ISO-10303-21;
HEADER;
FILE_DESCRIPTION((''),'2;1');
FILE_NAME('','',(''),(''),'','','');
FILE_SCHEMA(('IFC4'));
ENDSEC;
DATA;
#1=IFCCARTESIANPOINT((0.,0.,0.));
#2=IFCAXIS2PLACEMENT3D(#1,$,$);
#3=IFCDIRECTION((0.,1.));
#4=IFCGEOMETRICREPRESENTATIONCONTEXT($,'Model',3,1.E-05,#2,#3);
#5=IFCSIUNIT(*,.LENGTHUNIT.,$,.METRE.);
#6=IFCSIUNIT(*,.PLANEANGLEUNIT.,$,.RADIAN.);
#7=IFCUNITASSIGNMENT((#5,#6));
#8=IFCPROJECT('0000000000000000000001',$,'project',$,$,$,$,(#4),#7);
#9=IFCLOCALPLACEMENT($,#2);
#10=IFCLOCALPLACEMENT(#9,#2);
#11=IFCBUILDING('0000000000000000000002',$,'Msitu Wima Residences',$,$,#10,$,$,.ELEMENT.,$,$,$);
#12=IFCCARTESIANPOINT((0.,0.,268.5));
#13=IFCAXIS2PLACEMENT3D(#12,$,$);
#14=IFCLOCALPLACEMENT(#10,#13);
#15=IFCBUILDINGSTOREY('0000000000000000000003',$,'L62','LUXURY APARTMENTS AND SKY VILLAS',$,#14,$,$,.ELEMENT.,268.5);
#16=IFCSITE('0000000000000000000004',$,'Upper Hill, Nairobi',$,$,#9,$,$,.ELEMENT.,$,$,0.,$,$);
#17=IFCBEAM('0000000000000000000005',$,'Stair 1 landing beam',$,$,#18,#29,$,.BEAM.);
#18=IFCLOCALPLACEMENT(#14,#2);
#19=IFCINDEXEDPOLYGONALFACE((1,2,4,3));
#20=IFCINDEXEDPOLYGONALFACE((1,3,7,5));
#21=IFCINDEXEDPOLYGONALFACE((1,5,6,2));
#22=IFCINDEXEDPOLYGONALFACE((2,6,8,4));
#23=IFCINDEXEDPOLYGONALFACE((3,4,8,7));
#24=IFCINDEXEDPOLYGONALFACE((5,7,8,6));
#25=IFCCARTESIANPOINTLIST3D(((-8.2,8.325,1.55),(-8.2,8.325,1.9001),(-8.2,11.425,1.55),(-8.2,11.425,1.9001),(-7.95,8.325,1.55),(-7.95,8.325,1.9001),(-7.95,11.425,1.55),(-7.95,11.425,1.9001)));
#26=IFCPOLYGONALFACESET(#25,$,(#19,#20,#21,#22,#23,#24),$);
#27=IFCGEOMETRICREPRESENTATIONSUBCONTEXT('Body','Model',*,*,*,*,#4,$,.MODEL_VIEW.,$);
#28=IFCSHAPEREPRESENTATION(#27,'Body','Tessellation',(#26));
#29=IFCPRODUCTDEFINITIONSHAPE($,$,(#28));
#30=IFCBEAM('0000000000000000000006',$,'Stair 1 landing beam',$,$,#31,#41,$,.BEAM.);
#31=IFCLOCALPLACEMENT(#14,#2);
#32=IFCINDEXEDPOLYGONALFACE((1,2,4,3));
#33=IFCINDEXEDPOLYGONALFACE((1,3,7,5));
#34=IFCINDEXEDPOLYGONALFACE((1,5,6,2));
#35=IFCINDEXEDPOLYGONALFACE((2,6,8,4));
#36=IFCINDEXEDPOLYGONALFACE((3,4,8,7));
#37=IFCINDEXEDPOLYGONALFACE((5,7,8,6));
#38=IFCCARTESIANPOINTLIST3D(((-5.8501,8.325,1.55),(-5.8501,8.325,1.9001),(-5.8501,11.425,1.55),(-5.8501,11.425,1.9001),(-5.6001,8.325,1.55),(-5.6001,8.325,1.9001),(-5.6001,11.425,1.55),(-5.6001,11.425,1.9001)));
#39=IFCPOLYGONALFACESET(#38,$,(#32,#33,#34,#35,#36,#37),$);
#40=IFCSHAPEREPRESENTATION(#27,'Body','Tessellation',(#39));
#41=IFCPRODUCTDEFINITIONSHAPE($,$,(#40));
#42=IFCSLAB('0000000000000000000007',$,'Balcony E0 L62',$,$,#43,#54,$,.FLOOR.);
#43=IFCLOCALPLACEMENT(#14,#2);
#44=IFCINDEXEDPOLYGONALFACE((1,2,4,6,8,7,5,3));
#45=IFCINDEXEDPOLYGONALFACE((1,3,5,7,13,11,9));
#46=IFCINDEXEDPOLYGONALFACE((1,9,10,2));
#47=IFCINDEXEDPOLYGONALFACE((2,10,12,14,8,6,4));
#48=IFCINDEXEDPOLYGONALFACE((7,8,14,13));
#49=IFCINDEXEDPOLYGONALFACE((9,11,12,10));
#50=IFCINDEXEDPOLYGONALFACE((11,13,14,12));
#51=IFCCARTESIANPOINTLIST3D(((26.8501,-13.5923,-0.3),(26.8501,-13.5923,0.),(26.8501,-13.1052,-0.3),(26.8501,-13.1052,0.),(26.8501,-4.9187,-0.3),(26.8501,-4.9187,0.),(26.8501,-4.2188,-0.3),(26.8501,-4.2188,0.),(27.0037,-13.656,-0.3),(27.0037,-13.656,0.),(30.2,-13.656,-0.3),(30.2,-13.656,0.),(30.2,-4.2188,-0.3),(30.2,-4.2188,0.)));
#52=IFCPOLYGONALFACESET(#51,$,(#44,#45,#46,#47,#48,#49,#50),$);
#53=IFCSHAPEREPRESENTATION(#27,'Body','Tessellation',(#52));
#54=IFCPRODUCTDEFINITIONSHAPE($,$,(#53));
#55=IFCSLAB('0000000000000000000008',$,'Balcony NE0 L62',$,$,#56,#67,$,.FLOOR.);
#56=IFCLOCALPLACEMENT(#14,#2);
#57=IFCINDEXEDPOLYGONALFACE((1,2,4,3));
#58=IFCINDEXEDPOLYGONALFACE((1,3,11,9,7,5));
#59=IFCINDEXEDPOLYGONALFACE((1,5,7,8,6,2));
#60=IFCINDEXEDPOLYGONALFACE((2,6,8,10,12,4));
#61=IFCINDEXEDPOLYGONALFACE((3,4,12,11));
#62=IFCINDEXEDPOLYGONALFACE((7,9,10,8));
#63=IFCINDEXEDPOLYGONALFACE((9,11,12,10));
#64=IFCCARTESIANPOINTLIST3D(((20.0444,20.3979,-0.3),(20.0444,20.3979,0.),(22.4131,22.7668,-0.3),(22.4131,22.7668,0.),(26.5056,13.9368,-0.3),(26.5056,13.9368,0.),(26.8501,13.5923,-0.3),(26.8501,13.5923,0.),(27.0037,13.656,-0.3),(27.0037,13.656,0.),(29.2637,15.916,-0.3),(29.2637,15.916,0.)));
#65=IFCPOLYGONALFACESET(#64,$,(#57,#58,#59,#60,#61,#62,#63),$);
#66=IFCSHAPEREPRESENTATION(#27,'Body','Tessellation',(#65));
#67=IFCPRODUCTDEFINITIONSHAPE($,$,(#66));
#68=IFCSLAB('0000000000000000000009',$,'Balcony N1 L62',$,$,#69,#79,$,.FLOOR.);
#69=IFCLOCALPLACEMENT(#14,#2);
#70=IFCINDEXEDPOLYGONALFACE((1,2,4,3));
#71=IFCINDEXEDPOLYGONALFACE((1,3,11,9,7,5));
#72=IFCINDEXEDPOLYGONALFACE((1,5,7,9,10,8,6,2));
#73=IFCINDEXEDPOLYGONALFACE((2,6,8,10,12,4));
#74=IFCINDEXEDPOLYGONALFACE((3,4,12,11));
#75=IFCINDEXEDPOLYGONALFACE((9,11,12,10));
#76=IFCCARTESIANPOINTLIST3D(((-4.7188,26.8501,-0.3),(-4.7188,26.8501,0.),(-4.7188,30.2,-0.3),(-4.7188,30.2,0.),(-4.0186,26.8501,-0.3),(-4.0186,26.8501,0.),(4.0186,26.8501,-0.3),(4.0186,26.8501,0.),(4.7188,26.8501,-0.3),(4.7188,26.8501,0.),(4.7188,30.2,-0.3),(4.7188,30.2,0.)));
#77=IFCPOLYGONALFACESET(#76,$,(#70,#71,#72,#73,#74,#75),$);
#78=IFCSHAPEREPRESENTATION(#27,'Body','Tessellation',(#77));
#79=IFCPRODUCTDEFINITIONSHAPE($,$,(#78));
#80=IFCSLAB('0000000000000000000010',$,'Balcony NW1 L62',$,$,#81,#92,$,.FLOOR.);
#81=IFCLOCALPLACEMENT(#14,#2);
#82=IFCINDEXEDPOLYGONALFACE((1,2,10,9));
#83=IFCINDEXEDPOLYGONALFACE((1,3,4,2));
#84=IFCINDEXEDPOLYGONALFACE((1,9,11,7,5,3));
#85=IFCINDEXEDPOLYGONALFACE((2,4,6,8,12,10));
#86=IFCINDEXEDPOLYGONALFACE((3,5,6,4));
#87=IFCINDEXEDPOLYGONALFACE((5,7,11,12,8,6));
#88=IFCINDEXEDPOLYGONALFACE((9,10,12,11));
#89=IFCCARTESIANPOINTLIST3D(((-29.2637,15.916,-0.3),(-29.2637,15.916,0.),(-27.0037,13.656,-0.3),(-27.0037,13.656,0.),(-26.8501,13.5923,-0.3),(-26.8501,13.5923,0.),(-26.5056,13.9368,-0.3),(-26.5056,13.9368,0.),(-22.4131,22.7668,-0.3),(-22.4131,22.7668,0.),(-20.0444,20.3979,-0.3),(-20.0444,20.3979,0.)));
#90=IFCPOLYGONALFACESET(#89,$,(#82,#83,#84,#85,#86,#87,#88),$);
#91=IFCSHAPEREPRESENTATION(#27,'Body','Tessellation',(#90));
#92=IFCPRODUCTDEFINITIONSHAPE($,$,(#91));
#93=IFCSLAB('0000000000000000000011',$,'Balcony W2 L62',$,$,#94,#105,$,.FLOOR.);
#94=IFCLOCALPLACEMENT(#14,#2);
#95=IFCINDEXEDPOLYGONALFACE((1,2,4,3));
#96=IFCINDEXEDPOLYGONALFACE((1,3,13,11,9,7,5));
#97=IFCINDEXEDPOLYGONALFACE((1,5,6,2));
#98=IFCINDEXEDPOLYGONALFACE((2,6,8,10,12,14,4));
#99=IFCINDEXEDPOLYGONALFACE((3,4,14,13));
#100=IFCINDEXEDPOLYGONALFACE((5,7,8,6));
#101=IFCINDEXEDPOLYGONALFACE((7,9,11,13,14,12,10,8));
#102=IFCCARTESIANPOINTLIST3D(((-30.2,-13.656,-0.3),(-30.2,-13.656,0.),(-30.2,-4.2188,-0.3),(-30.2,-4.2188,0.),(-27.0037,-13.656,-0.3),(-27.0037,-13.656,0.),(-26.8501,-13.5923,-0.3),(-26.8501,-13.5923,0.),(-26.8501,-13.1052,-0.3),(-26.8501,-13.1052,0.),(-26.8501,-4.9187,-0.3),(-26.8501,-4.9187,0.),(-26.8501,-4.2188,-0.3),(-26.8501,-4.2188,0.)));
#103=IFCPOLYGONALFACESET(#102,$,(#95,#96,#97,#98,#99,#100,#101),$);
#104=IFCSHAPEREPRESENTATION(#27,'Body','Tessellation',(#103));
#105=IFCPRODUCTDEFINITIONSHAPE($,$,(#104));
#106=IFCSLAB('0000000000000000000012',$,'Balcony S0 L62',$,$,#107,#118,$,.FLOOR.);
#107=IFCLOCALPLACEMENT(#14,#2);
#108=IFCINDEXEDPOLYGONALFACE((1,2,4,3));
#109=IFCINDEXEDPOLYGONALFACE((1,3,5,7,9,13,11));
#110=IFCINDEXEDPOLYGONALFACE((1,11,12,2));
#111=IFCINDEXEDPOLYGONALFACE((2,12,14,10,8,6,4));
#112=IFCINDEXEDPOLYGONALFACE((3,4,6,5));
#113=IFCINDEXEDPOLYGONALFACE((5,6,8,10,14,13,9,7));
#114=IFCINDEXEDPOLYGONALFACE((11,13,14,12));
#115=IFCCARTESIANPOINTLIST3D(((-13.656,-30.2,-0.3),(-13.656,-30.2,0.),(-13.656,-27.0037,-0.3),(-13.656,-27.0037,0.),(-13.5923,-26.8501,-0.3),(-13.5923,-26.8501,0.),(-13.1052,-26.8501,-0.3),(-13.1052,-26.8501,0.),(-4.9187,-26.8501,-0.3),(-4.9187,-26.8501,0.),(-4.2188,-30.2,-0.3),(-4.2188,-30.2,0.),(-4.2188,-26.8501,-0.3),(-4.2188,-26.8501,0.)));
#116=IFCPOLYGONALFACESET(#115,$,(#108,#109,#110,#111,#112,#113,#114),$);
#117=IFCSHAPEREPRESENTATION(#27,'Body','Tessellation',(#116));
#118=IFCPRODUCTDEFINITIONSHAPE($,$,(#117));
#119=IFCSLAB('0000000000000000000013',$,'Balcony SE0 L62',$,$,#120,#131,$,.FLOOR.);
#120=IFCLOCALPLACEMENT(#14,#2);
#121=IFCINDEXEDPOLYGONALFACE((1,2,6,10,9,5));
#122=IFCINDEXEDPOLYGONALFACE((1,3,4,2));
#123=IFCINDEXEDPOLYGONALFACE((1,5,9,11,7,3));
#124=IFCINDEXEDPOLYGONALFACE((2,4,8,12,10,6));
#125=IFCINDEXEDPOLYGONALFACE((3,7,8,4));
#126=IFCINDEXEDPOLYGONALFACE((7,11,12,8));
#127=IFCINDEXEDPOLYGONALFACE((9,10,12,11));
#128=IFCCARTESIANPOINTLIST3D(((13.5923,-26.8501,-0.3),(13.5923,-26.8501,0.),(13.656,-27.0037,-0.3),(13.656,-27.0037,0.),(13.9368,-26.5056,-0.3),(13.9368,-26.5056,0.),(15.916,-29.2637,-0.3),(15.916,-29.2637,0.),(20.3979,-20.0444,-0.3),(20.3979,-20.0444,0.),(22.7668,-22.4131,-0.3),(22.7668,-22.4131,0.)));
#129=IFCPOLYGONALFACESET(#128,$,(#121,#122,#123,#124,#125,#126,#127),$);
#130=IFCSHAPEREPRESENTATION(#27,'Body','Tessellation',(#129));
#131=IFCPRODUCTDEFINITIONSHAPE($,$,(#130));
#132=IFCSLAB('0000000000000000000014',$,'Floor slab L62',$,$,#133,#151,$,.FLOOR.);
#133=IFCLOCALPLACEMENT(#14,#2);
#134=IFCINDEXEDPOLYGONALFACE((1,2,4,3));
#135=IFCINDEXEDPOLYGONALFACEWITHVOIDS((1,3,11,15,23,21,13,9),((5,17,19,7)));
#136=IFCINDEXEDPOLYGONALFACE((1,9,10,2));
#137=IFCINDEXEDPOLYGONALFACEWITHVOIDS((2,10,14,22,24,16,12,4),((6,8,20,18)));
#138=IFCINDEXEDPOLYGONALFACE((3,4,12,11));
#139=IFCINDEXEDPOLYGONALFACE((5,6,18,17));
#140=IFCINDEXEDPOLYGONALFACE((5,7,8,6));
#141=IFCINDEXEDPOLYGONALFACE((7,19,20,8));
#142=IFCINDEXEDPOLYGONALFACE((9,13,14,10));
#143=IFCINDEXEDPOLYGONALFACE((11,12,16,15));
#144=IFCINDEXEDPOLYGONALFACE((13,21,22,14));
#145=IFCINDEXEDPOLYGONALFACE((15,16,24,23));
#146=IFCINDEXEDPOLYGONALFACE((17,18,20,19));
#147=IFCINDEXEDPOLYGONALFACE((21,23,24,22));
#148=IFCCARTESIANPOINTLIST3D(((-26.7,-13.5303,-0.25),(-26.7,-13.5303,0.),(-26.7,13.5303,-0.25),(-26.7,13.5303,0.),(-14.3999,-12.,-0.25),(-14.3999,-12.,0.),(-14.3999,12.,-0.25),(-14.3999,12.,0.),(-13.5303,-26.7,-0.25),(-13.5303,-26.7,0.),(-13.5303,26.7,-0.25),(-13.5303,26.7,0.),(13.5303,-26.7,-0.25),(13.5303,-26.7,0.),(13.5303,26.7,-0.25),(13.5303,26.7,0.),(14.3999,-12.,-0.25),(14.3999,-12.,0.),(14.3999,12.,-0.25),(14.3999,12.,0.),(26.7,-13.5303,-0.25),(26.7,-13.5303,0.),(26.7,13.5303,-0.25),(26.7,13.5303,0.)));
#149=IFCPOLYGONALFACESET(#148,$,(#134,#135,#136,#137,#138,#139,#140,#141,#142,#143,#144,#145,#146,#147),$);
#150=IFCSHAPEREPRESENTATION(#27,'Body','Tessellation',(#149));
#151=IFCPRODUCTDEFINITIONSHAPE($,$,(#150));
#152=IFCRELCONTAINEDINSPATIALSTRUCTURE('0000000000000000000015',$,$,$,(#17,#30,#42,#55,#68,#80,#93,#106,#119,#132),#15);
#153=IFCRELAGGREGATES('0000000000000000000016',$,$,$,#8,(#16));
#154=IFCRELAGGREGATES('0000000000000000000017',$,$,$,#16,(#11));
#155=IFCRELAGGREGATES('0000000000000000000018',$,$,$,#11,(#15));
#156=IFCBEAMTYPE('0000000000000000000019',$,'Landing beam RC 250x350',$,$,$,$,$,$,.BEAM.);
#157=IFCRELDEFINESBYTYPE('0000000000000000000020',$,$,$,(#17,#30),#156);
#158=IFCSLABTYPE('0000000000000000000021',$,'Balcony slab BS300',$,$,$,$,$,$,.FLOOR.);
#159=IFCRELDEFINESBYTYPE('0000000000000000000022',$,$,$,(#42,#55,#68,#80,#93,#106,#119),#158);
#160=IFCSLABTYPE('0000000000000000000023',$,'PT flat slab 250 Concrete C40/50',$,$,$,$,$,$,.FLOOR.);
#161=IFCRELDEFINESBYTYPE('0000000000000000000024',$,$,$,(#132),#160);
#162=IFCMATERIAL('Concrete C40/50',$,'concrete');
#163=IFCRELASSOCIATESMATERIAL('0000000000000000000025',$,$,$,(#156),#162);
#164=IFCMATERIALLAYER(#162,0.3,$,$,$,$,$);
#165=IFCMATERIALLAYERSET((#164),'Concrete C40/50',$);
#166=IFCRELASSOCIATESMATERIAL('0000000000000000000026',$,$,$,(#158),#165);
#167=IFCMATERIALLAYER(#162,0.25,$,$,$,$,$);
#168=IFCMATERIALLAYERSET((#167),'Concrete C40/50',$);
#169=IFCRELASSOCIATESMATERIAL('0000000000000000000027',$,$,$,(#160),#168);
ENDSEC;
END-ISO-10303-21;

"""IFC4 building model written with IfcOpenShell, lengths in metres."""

from ifc_helpers import new_model, si_unit, direction, frame, origin, origin_2d, place, context, subcontext, project, spatial, polyline, rectangle, outline, extrude, material, layer, layer_set, material_profile, profile_set, type_object, element, save


model = new_model("IFC4")

# Units and contexts
model_context = context("Model", 3, precision=1e-05, world=origin(), true_north=direction((0.0, 1.0)))
body_context = subcontext(model_context, "Body", "Model", "MODEL_VIEW")
ifc_project = project(units=[si_unit("LENGTHUNIT", "METRE"), si_unit("PLANEANGLEUNIT", "RADIAN")], contexts=[model_context])

# Site, building, storey
site_placement = place(None, origin())
site = spatial("IfcSite", under=ifc_project, at=site_placement, Name="Upper Hill, Nairobi", CompositionType="ELEMENT", RefElevation=0.0)
building_placement = place(site_placement, origin())
building = spatial("IfcBuilding", under=site, at=building_placement, Name="Msitu Wima Residences", CompositionType="ELEMENT")
storey_placement = place(building_placement, frame((0.0, 0.0, 268.5)))
storey = spatial("IfcBuildingStorey", under=building, at=storey_placement, Name="L62", Description="LUXURY APARTMENTS AND SKY VILLAS", CompositionType="ELEMENT", Elevation=268.5)

# Beams
ifc_material_1 = material(Name="Concrete C40/50", Category="concrete")
ifc_material_profile = material_profile(ifc_material_1, rectangle(XDim=0.25, YDim=0.3501, at=origin_2d()), Name="RC 250x350")
ifc_profile_set = profile_set([ifc_material_profile], Name="Concrete C40/50")
beam_type = type_object("IfcBeamType", Name="Landing beam RC 250x350", PredefinedType="BEAM", material=ifc_profile_set)
for number, where, z_axis, x_axis, name in (
    (1, (-8.075, 8.325, 1.7251), (0.0, 1.0, 0.0), (-1.0, 0.0, 0.0), "Stair 1 landing beam"),
    (2, (-5.7251, 8.325, 1.7251), (0.0, 1.0, 0.0), (-1.0, 0.0, 0.0), "Stair 1 landing beam"),
):
    element("IfcBeam", number, at=place(storey_placement, frame(where, z_axis=z_axis, x_axis=x_axis)), inside=storey, type_object=beam_type, Name=name, PredefinedType="BEAM", context=body_context, shape_type="SweptSolid", body=[
        extrude(rectangle(XDim=0.25, YDim=0.3501, at=origin_2d()), origin(), (0.0, 0.0, 1.0), 3.1001),
    ])

# Slabs
ifc_layer_1 = layer(ifc_material_1, 0.3)
ifc_layer_set_1 = layer_set([ifc_layer_1], Name="Concrete C40/50")
slab_type_1 = type_object("IfcSlabType", Name="Balcony slab BS300", PredefinedType="FLOOR", material=ifc_layer_set_1)
slab_1_placement = place(storey_placement, frame((0.0, 0.0, -0.3)))
element("IfcSlab", 3, at=slab_1_placement, inside=storey, type_object=slab_type_1, Name="Balcony E0 L62", PredefinedType="FLOOR", context=body_context, shape_type="SweptSolid", body=[
    extrude(outline(polyline([(26.8501, -13.1052), (26.8501, -13.1052), (26.8501, -4.9187), (26.8501, -4.2188), (30.2, -4.2188), (30.2, -13.656), (27.0037, -13.656), (26.8501, -13.5923), (26.8501, -13.1052), (26.8501, -13.1052)])), origin(), (0.0, 0.0, 1.0), 0.3),
])
slab_2_placement = place(storey_placement, frame((0.0, 0.0, -0.3)))
element("IfcSlab", 4, at=slab_2_placement, inside=storey, type_object=slab_type_1, Name="Balcony NE0 L62", PredefinedType="FLOOR", context=body_context, shape_type="SweptSolid", body=[
    extrude(outline(polyline([(26.5056, 13.9368), (26.5056, 13.9368), (20.0444, 20.3979), (22.4131, 22.7668), (29.2637, 15.916), (27.0037, 13.656), (26.8501, 13.5923), (26.5056, 13.9368), (26.5056, 13.9368)])), origin(), (0.0, 0.0, 1.0), 0.3),
])
slab_3_placement = place(storey_placement, frame((0.0, 0.0, -0.3)))
element("IfcSlab", 5, at=slab_3_placement, inside=storey, type_object=slab_type_1, Name="Balcony N1 L62", PredefinedType="FLOOR", context=body_context, shape_type="SweptSolid", body=[
    extrude(outline(polyline([(4.0186, 26.8501), (-4.0186, 26.8501), (-4.7188, 26.8501), (-4.7188, 30.2), (4.7188, 30.2), (4.7188, 26.8501), (4.0186, 26.8501)])), origin(), (0.0, 0.0, 1.0), 0.3),
])
slab_4_placement = place(storey_placement, frame((0.0, 0.0, -0.3)))
element("IfcSlab", 6, at=slab_4_placement, inside=storey, type_object=slab_type_1, Name="Balcony NW1 L62", PredefinedType="FLOOR", context=body_context, shape_type="SweptSolid", body=[
    extrude(outline(polyline([(-26.5056, 13.9368), (-26.5056, 13.9368), (-26.8501, 13.5923), (-27.0037, 13.656), (-29.2637, 15.916), (-22.4131, 22.7668), (-20.0444, 20.3979), (-26.5056, 13.9368), (-26.5056, 13.9368)])), origin(), (0.0, 0.0, 1.0), 0.3),
])
slab_5_placement = place(storey_placement, frame((0.0, 0.0, -0.3)))
element("IfcSlab", 7, at=slab_5_placement, inside=storey, type_object=slab_type_1, Name="Balcony W2 L62", PredefinedType="FLOOR", context=body_context, shape_type="SweptSolid", body=[
    extrude(outline(polyline([(-26.8501, -13.1052), (-26.8501, -13.1052), (-26.8501, -13.1052), (-26.8501, -13.5923), (-27.0037, -13.656), (-30.2, -13.656), (-30.2, -4.2188), (-26.8501, -4.2188), (-26.8501, -4.9187), (-26.8501, -13.1052)])), origin(), (0.0, 0.0, 1.0), 0.3),
])
slab_6_placement = place(storey_placement, frame((0.0, 0.0, -0.3)))
element("IfcSlab", 8, at=slab_6_placement, inside=storey, type_object=slab_type_1, Name="Balcony S0 L62", PredefinedType="FLOOR", context=body_context, shape_type="SweptSolid", body=[
    extrude(outline(polyline([(-13.1052, -26.8501), (-13.1052, -26.8501), (-4.9187, -26.8501), (-4.2188, -26.8501), (-4.2188, -30.2), (-13.656, -30.2), (-13.656, -27.0037), (-13.5923, -26.8501), (-13.1052, -26.8501), (-13.1052, -26.8501)])), origin(), (0.0, 0.0, 1.0), 0.3),
])
slab_7_placement = place(storey_placement, frame((0.0, 0.0, -0.3)))
element("IfcSlab", 9, at=slab_7_placement, inside=storey, type_object=slab_type_1, Name="Balcony SE0 L62", PredefinedType="FLOOR", context=body_context, shape_type="SweptSolid", body=[
    extrude(outline(polyline([(13.9368, -26.5056), (13.9368, -26.5056), (20.3979, -20.0444), (22.7668, -22.4131), (15.916, -29.2637), (13.656, -27.0037), (13.5923, -26.8501), (13.9368, -26.5056), (13.9368, -26.5056)])), origin(), (0.0, 0.0, 1.0), 0.3),
])
ifc_layer_2 = layer(ifc_material_1, 0.25)
ifc_layer_set_2 = layer_set([ifc_layer_2], Name="Concrete C40/50")
slab_type_2 = type_object("IfcSlabType", Name="PT flat slab 250 Concrete C40/50", PredefinedType="FLOOR", material=ifc_layer_set_2)
slab_8_placement = place(storey_placement, frame((0.0, 0.0, -0.25)))
element("IfcSlab", 10, at=slab_8_placement, inside=storey, type_object=slab_type_2, Name="Floor slab L62", PredefinedType="FLOOR", context=body_context, shape_type="SweptSolid", body=[
    extrude(outline(polyline([(26.7, -13.5303), (13.5303, -26.7), (-13.5303, -26.7), (-26.7, -13.5303), (-26.7, 13.5303), (-13.5303, 26.7), (13.5303, 26.7), (26.7, 13.5303), (26.7, -13.5303)]), holes=[polyline([(-14.3999, -12.0), (14.3999, -12.0), (14.3999, 12.0), (-14.3999, 12.0), (-14.3999, -12.0)])]), origin(), (0.0, 0.0, 1.0), 0.25),
])

save(model, "model.ifc")
